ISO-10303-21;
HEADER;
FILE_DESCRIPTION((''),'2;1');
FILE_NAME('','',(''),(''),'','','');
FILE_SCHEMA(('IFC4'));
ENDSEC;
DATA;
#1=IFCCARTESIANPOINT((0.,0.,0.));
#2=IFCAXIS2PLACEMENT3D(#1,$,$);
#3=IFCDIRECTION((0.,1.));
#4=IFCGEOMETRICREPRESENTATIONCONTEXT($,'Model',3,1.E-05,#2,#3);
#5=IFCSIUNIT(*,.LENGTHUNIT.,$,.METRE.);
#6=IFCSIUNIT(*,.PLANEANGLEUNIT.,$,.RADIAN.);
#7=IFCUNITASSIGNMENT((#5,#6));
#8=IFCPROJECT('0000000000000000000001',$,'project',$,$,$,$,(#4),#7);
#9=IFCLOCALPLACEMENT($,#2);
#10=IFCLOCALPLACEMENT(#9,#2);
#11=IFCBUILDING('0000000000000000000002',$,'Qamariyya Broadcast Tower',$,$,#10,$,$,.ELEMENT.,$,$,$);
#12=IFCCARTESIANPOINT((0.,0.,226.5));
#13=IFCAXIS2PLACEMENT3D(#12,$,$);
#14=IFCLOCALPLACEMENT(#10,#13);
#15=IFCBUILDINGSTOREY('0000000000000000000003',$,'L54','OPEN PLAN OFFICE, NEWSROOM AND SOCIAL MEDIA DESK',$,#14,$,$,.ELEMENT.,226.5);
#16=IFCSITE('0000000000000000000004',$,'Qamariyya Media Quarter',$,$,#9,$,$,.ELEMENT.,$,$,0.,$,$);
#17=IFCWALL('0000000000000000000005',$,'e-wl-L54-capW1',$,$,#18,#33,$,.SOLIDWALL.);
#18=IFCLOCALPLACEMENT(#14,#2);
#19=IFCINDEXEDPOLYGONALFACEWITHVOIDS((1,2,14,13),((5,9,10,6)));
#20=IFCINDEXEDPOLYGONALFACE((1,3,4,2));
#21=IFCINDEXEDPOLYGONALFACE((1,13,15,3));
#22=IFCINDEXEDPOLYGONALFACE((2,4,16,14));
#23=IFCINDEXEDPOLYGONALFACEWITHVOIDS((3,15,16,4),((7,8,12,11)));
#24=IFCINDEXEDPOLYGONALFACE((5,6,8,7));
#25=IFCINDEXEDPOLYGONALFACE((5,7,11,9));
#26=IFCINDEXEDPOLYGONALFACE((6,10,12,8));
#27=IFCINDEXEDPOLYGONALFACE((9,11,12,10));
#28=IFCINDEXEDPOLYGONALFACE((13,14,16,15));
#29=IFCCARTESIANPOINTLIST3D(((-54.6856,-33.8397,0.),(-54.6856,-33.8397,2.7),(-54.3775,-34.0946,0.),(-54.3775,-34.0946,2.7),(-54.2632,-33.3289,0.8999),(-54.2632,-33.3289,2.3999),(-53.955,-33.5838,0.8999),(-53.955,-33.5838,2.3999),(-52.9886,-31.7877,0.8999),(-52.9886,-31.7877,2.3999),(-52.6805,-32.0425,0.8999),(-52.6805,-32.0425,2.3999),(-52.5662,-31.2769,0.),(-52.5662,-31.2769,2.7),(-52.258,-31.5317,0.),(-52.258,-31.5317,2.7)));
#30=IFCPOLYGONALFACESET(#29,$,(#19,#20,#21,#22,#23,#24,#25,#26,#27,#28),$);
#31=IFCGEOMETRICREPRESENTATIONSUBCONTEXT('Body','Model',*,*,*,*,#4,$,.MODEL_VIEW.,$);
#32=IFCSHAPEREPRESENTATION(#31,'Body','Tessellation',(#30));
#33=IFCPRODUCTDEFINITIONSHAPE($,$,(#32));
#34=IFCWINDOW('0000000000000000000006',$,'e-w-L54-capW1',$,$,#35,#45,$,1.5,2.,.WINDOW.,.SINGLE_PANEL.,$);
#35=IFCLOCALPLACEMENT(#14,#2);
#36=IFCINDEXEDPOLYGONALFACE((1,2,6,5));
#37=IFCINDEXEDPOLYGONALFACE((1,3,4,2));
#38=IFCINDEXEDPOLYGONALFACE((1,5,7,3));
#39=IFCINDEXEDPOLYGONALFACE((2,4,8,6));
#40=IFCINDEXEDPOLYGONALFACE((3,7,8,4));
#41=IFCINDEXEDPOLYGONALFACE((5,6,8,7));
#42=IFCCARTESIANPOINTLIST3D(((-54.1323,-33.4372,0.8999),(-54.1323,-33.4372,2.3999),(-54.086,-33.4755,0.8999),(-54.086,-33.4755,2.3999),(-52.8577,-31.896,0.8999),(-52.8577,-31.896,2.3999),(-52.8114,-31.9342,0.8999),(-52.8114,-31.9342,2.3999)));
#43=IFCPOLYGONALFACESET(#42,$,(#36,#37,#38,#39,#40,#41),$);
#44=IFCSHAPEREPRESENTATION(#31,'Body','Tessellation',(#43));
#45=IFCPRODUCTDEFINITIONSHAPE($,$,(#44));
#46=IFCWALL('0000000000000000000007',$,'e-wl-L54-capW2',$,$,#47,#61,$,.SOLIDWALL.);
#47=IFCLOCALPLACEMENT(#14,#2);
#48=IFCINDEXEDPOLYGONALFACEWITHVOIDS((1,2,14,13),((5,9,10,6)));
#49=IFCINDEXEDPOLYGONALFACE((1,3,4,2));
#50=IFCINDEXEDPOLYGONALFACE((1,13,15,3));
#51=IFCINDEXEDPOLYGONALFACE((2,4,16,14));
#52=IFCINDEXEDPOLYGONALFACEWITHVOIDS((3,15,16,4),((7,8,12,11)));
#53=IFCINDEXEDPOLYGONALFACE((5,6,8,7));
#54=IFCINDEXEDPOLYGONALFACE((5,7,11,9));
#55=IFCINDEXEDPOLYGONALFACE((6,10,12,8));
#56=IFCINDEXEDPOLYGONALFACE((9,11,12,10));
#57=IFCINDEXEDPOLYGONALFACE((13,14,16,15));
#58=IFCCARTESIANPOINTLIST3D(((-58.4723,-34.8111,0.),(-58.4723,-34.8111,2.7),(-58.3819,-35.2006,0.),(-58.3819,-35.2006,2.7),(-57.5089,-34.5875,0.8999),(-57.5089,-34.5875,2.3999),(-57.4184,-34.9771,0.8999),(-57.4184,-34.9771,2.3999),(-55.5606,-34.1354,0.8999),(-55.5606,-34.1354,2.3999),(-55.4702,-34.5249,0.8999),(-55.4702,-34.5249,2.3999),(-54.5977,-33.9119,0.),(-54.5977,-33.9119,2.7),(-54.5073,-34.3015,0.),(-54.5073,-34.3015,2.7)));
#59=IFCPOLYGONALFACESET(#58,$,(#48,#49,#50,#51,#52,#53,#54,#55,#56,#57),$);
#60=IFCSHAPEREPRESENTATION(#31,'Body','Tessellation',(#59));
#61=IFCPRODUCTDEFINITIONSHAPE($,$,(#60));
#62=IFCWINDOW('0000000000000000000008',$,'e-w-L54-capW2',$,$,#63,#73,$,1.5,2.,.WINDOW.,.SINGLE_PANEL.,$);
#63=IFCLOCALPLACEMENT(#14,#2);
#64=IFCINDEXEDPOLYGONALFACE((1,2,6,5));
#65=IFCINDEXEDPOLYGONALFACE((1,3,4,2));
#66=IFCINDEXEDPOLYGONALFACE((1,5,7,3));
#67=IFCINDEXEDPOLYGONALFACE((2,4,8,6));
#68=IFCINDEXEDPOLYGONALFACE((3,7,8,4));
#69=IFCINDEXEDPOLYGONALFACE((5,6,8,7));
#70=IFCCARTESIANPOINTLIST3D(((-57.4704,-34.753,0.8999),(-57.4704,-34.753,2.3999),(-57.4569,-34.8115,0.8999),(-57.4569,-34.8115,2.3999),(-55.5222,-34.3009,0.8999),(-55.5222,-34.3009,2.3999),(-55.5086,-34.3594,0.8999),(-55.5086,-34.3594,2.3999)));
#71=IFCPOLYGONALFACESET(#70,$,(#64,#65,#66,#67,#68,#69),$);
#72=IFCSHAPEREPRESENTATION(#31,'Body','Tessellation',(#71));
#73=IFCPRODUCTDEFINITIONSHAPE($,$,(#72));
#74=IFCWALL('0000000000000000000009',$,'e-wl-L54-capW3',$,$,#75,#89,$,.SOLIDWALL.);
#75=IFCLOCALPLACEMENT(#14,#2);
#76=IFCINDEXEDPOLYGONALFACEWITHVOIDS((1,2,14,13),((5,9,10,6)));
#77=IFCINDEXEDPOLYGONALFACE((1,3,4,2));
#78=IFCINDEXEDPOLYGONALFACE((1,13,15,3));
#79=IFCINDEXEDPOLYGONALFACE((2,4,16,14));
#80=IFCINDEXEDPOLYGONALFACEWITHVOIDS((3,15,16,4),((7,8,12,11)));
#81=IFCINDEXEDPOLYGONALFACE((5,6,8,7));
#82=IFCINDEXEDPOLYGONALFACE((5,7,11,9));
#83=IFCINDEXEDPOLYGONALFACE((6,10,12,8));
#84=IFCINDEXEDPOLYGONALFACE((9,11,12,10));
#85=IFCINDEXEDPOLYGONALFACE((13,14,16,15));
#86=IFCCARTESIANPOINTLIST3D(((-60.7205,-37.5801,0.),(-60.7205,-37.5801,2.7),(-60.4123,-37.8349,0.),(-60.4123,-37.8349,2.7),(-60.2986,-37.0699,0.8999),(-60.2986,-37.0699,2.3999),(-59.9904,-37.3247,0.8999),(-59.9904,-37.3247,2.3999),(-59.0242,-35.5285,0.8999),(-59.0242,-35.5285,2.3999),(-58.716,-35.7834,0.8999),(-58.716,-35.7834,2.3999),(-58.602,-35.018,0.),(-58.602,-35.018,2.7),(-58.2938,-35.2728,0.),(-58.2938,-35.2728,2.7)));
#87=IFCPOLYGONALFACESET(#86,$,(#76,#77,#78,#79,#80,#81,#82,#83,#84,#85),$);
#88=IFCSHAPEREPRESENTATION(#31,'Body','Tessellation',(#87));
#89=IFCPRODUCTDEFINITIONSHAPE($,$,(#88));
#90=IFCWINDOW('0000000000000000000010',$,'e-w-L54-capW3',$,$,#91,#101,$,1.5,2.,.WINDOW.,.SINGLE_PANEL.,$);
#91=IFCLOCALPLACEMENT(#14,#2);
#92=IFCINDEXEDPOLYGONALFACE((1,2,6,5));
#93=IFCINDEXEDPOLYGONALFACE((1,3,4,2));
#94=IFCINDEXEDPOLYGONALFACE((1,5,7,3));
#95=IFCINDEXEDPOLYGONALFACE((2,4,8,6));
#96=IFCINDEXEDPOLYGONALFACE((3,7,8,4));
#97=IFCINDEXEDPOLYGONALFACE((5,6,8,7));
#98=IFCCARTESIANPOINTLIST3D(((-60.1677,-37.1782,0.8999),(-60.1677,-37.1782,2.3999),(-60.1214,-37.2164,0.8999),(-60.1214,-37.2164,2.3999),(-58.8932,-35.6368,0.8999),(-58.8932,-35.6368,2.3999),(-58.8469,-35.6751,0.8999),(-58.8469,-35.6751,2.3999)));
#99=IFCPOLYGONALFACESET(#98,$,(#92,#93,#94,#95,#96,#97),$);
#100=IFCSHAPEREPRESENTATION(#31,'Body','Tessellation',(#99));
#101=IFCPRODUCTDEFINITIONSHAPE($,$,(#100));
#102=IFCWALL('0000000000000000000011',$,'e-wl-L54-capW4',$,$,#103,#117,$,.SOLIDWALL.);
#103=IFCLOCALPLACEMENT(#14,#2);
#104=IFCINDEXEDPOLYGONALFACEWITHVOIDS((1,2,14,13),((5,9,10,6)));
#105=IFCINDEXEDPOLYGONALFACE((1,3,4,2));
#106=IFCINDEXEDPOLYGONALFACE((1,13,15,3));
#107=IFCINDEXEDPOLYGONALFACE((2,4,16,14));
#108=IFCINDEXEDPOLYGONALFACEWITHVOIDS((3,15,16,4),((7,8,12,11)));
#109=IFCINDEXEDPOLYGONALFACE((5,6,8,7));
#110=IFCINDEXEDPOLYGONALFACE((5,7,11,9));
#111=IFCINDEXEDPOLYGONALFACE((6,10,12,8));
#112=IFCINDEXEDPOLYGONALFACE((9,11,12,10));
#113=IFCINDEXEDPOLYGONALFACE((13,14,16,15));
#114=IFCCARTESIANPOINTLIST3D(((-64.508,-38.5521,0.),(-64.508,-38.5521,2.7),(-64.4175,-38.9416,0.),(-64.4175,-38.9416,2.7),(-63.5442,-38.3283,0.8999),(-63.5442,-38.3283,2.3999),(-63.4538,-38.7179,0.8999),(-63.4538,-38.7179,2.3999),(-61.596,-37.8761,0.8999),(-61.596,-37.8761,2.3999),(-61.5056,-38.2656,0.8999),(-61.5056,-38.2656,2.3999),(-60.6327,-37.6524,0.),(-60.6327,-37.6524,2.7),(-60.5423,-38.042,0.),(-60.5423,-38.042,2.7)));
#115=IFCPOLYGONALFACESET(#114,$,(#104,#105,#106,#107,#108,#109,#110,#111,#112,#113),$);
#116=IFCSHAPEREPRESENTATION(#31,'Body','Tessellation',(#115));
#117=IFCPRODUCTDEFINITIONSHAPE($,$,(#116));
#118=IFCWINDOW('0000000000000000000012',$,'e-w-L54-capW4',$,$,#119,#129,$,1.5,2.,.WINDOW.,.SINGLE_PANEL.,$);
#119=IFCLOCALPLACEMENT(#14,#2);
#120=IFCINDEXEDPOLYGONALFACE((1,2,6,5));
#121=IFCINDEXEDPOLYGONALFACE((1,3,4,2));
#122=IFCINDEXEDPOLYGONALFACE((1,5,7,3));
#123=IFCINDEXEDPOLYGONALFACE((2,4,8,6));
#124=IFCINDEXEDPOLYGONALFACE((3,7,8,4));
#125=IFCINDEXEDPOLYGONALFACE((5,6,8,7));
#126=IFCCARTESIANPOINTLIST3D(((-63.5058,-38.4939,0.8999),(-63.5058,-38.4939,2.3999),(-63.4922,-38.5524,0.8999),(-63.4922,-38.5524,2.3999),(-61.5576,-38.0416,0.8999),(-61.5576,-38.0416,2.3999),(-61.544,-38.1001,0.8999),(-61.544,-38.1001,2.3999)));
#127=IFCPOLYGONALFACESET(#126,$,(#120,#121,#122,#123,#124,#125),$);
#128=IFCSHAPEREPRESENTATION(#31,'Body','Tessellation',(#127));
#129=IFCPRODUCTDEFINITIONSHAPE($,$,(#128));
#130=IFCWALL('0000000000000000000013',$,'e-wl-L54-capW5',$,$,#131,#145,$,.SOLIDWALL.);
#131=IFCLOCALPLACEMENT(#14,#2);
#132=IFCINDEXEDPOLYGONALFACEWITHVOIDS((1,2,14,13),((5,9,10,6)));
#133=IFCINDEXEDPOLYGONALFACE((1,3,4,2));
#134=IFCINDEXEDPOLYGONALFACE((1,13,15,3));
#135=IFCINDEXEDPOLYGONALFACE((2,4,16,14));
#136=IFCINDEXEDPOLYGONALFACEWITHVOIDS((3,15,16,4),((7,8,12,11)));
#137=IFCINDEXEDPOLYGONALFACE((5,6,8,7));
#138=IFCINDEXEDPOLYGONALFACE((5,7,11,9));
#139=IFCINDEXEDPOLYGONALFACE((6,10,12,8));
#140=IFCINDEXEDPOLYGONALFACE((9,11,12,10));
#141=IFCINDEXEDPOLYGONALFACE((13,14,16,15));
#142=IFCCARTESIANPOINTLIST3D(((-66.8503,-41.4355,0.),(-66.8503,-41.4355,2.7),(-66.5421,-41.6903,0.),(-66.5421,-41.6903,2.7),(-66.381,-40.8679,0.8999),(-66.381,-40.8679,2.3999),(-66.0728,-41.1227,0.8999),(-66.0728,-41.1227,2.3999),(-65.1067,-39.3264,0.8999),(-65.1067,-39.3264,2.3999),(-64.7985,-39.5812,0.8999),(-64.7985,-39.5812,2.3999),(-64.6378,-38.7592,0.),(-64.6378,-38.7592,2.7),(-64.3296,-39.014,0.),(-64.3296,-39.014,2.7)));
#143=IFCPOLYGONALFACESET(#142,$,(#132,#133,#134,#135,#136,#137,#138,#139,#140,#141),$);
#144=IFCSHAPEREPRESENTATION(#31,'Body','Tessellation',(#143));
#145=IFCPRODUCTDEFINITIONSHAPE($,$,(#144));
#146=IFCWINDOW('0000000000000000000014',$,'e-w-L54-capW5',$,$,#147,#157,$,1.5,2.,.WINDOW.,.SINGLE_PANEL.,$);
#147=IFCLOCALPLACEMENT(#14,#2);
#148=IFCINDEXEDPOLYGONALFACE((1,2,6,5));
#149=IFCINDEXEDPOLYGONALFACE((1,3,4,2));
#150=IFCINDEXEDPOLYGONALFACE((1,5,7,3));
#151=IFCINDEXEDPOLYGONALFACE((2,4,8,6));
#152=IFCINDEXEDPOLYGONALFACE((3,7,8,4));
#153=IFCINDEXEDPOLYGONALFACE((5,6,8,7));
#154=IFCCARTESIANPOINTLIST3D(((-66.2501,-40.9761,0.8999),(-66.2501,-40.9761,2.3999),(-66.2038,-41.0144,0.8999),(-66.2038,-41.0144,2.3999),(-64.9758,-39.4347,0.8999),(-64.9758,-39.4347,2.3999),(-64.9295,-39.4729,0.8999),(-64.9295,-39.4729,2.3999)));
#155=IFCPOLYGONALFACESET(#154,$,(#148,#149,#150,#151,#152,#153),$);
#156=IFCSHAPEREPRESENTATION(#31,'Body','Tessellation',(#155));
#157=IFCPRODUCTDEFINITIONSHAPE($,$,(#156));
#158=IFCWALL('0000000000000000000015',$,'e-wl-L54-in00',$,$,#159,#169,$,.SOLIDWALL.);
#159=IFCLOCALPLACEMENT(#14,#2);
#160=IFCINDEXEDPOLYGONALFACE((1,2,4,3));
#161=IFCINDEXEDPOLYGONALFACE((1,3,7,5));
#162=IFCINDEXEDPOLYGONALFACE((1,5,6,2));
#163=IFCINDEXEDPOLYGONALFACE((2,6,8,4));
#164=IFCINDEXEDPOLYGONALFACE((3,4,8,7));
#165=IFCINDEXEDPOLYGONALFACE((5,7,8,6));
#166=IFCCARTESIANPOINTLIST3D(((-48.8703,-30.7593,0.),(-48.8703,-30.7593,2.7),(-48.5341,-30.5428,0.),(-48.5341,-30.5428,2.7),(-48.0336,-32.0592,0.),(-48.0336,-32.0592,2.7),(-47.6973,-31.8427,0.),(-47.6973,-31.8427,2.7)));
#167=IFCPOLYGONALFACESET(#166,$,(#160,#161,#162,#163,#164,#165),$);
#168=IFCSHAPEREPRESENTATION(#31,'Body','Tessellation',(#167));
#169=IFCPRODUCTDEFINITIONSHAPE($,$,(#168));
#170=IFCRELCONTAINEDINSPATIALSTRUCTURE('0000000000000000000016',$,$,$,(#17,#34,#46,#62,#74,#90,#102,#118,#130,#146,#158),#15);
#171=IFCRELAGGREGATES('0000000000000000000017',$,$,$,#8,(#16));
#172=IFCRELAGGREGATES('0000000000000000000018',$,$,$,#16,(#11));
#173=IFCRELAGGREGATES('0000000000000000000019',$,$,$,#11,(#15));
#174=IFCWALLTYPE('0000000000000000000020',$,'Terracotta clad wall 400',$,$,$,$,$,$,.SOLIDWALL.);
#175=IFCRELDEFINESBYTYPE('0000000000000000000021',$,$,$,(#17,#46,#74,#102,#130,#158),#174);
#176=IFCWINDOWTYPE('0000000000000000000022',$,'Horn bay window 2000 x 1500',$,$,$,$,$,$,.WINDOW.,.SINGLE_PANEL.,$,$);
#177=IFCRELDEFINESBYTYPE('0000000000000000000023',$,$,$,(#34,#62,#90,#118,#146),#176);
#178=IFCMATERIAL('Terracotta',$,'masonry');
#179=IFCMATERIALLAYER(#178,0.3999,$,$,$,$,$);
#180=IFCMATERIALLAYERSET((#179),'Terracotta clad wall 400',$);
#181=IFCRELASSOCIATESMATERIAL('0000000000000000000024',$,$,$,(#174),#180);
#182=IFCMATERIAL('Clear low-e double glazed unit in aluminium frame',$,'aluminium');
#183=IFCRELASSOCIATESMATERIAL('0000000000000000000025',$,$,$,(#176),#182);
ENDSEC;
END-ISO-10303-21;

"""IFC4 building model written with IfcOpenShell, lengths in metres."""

from ifc_helpers import new_model, si_unit, direction, frame, frame_2d, origin, place, context, subcontext, project, spatial, rectangle, extrude, material, layer, layer_set, type_object, element, fill, save


model = new_model("IFC4")

# Units and contexts
model_context = context("Model", 3, precision=1e-05, world=origin(), true_north=direction((0.0, 1.0)))
body_context = subcontext(model_context, "Body", "Model", "MODEL_VIEW")
ifc_project = project(units=[si_unit("LENGTHUNIT", "METRE"), si_unit("PLANEANGLEUNIT", "RADIAN")], contexts=[model_context])

# Site, building, storey
site_placement = place(None, origin())
site = spatial("IfcSite", under=ifc_project, at=site_placement, Name="Qamariyya Media Quarter", CompositionType="ELEMENT", RefElevation=0.0)
building_placement = place(site_placement, origin())
building = spatial("IfcBuilding", under=site, at=building_placement, Name="Qamariyya Broadcast Tower", CompositionType="ELEMENT")
storey_placement = place(building_placement, frame((0.0, 0.0, 226.5)))
storey = spatial("IfcBuildingStorey", under=building, at=storey_placement, Name="L54", Description="OPEN PLAN OFFICE, NEWSROOM AND SOCIAL MEDIA DESK", CompositionType="ELEMENT", Elevation=226.5)

# Walls, openings, windows
ifc_material_1 = material(Name="Terracotta", Category="masonry")
ifc_layer = layer(ifc_material_1, 0.3999)
ifc_layer_set = layer_set([ifc_layer], Name="Terracotta clad wall 400")
wall_type = type_object("IfcWallType", Name="Terracotta clad wall 400", PredefinedType="SOLIDWALL", material=ifc_layer_set)
ifc_material_2 = material(Name="Clear low-e double glazed unit in aluminium frame", Category="aluminium")
window_type_1 = type_object("IfcWindowType", Name="Horn bay window 2000 x 1500", PartitioningType="SINGLE_PANEL", PredefinedType="WINDOW", material=ifc_material_2)
wall_1_placement = place(storey_placement, frame((-52.4121, -31.4043, 0.0), z_axis=(0.0, 0.0, 1.0), x_axis=(-0.637299, -0.770617, 0.0)))
wall_1 = element("IfcWall", 1, at=wall_1_placement, inside=storey, type_object=wall_type, Name="e-wl-L54-capW1", PredefinedType="SOLIDWALL", context=body_context, shape_type="SweptSolid", body=[
    extrude(rectangle(XDim=3.3257, YDim=0.3999, at=frame_2d((1.6628, 0.0))), origin(), (0.0, 0.0, 1.0), 2.7),
])
opening_1_placement = place(wall_1_placement, frame((0.6628, 0.0, 0.8999)))
opening_1 = element("IfcOpeningElement", 2, at=opening_1_placement, cuts=wall_1, PredefinedType="OPENING", context=body_context, shape_type="SweptSolid", body=[
    extrude(rectangle(XDim=2.0, YDim=1.5, at=frame_2d((1.0, 0.75))), frame((0.0, 0.21, 0.0), z_axis=(0.0, -1.0, 0.0), x_axis=(1.0, 0.0, 0.0)), (0.0, 0.0, 1.0), 0.4199),
])
window_1_placement = place(opening_1_placement, origin())
window_1 = element("IfcWindow", 3, at=window_1_placement, inside=storey, type_object=window_type_1, Name="e-w-L54-capW1", OverallHeight=1.5, OverallWidth=2.0, PartitioningType="SINGLE_PANEL", PredefinedType="WINDOW", context=body_context, shape_type="SweptSolid", body=[
    extrude(rectangle(XDim=2.0, YDim=1.5, at=frame_2d((1.0, 0.75))), frame((0.0, 0.03, 0.0), z_axis=(0.0, -1.0, 0.0), x_axis=(1.0, 0.0, 0.0)), (0.0, 0.0, 1.0), 0.0601),
])
fill(opening_1, window_1)
wall_2_placement = place(storey_placement, frame((-54.5525, -34.1067, 0.0), z_axis=(0.0, 0.0, 1.0), x_axis=(-0.974112, -0.226065, 0.0)))
wall_2 = element("IfcWall", 4, at=wall_2_placement, inside=storey, type_object=wall_type, Name="e-wl-L54-capW2", PredefinedType="SOLIDWALL", context=body_context, shape_type="SweptSolid", body=[
    extrude(rectangle(XDim=3.9775, YDim=0.3999, at=frame_2d((1.9888, 0.0))), origin(), (0.0, 0.0, 1.0), 2.7),
])
opening_2_placement = place(wall_2_placement, frame((0.9885, 0.0, 0.8999)))
opening_2 = element("IfcOpeningElement", 5, at=opening_2_placement, cuts=wall_2, PredefinedType="OPENING", context=body_context, shape_type="SweptSolid", body=[
    extrude(rectangle(XDim=2.0, YDim=1.5, at=frame_2d((1.0, 0.75))), frame((0.0, 0.21, 0.0), z_axis=(0.0, -1.0, 0.0), x_axis=(1.0, 0.0, 0.0)), (0.0, 0.0, 1.0), 0.4199),
])
window_2_placement = place(opening_2_placement, origin())
window_2 = element("IfcWindow", 6, at=window_2_placement, inside=storey, type_object=window_type_1, Name="e-w-L54-capW2", OverallHeight=1.5, OverallWidth=2.0, PartitioningType="SINGLE_PANEL", PredefinedType="WINDOW", context=body_context, shape_type="SweptSolid", body=[
    extrude(rectangle(XDim=2.0, YDim=1.5, at=frame_2d((1.0, 0.75))), frame((0.0, 0.03, 0.0), z_axis=(0.0, -1.0, 0.0), x_axis=(1.0, 0.0, 0.0)), (0.0, 0.0, 1.0), 0.0601),
])
fill(opening_2, window_2)
wall_3_placement = place(storey_placement, frame((-58.448, -35.1455, 0.0), z_axis=(0.0, 0.0, 1.0), x_axis=(-0.637232, -0.770672, 0.0)))
wall_3 = element("IfcWall", 7, at=wall_3_placement, inside=storey, type_object=wall_type, Name="e-wl-L54-capW3", PredefinedType="SOLIDWALL", context=body_context, shape_type="SweptSolid", body=[
    extrude(rectangle(XDim=3.3245, YDim=0.3999, at=frame_2d((1.6621, 0.0))), origin(), (0.0, 0.0, 1.0), 2.7),
])
opening_3_placement = place(wall_3_placement, frame((0.6624, 0.0, 0.8999)))
opening_3 = element("IfcOpeningElement", 8, at=opening_3_placement, cuts=wall_3, PredefinedType="OPENING", context=body_context, shape_type="SweptSolid", body=[
    extrude(rectangle(XDim=2.0, YDim=1.5, at=frame_2d((1.0, 0.75))), frame((0.0, 0.21, 0.0), z_axis=(0.0, -1.0, 0.0), x_axis=(1.0, 0.0, 0.0)), (0.0, 0.0, 1.0), 0.4199),
])
window_3_placement = place(opening_3_placement, origin())
window_3 = element("IfcWindow", 9, at=window_3_placement, inside=storey, type_object=window_type_1, Name="e-w-L54-capW3", OverallHeight=1.5, OverallWidth=2.0, PartitioningType="SINGLE_PANEL", PredefinedType="WINDOW", context=body_context, shape_type="SweptSolid", body=[
    extrude(rectangle(XDim=2.0, YDim=1.5, at=frame_2d((1.0, 0.75))), frame((0.0, 0.03, 0.0), z_axis=(0.0, -1.0, 0.0), x_axis=(1.0, 0.0, 0.0)), (0.0, 0.0, 1.0), 0.0601),
])
fill(opening_3, window_3)
wall_4_placement = place(storey_placement, frame((-60.5874, -37.8472, 0.0), z_axis=(0.0, 0.0, 1.0), x_axis=(-0.974095, -0.226141, 0.0)))
wall_4 = element("IfcWall", 10, at=wall_4_placement, inside=storey, type_object=wall_type, Name="e-wl-L54-capW4", PredefinedType="SOLIDWALL", context=body_context, shape_type="SweptSolid", body=[
    extrude(rectangle(XDim=3.9783, YDim=0.3999, at=frame_2d((1.9893, 0.0))), origin(), (0.0, 0.0, 1.0), 2.7),
])
opening_4_placement = place(wall_4_placement, frame((0.989, 0.0, 0.8999)))
opening_4 = element("IfcOpeningElement", 11, at=opening_4_placement, cuts=wall_4, PredefinedType="OPENING", context=body_context, shape_type="SweptSolid", body=[
    extrude(rectangle(XDim=2.0, YDim=1.5, at=frame_2d((1.0, 0.75))), frame((0.0, 0.21, 0.0), z_axis=(0.0, -1.0, 0.0), x_axis=(1.0, 0.0, 0.0)), (0.0, 0.0, 1.0), 0.4199),
])
window_4_placement = place(opening_4_placement, origin())
window_4 = element("IfcWindow", 12, at=window_4_placement, inside=storey, type_object=window_type_1, Name="e-w-L54-capW4", OverallHeight=1.5, OverallWidth=2.0, PartitioningType="SINGLE_PANEL", PredefinedType="WINDOW", context=body_context, shape_type="SweptSolid", body=[
    extrude(rectangle(XDim=2.0, YDim=1.5, at=frame_2d((1.0, 0.75))), frame((0.0, 0.03, 0.0), z_axis=(0.0, -1.0, 0.0), x_axis=(1.0, 0.0, 0.0)), (0.0, 0.0, 1.0), 0.0601),
])
fill(opening_4, window_4)
wall_5_placement = place(storey_placement, frame((-64.4836, -38.8865, 0.0), z_axis=(0.0, 0.0, 1.0), x_axis=(-0.63715, -0.77074, 0.0)))
wall_5 = element("IfcWall", 13, at=wall_5_placement, inside=storey, type_object=wall_type, Name="e-wl-L54-capW5", PredefinedType="SOLIDWALL", context=body_context, shape_type="SweptSolid", body=[
    extrude(rectangle(XDim=3.4724, YDim=0.3999, at=frame_2d((1.7363, 0.0))), origin(), (0.0, 0.0, 1.0), 2.7),
])
opening_5_placement = place(wall_5_placement, frame((0.7361, 0.0, 0.8999)))
opening_5 = element("IfcOpeningElement", 14, at=opening_5_placement, cuts=wall_5, PredefinedType="OPENING", context=body_context, shape_type="SweptSolid", body=[
    extrude(rectangle(XDim=2.0, YDim=1.5, at=frame_2d((1.0, 0.75))), frame((0.0, 0.21, 0.0), z_axis=(0.0, -1.0, 0.0), x_axis=(1.0, 0.0, 0.0)), (0.0, 0.0, 1.0), 0.4199),
])
window_5_placement = place(opening_5_placement, origin())
window_5 = element("IfcWindow", 15, at=window_5_placement, inside=storey, type_object=window_type_1, Name="e-w-L54-capW5", OverallHeight=1.5, OverallWidth=2.0, PartitioningType="SINGLE_PANEL", PredefinedType="WINDOW", context=body_context, shape_type="SweptSolid", body=[
    extrude(rectangle(XDim=2.0, YDim=1.5, at=frame_2d((1.0, 0.75))), frame((0.0, 0.03, 0.0), z_axis=(0.0, -1.0, 0.0), x_axis=(1.0, 0.0, 0.0)), (0.0, 0.0, 1.0), 0.0601),
])
fill(opening_5, window_5)

# Wall
wall_6_placement = place(storey_placement, frame((-47.8655, -31.9509, 0.0), z_axis=(0.0, 0.0, 1.0), x_axis=(-0.541252, 0.84086, 0.0)))
element("IfcWall", 16, at=wall_6_placement, inside=storey, type_object=wall_type, Name="e-wl-L54-in00", PredefinedType="SOLIDWALL", context=body_context, shape_type="SweptSolid", body=[
    extrude(rectangle(XDim=1.5459, YDim=0.3999, at=frame_2d((0.7729, 0.0))), origin(), (0.0, 0.0, 1.0), 2.7),
])

save(model, "model.ifc")
